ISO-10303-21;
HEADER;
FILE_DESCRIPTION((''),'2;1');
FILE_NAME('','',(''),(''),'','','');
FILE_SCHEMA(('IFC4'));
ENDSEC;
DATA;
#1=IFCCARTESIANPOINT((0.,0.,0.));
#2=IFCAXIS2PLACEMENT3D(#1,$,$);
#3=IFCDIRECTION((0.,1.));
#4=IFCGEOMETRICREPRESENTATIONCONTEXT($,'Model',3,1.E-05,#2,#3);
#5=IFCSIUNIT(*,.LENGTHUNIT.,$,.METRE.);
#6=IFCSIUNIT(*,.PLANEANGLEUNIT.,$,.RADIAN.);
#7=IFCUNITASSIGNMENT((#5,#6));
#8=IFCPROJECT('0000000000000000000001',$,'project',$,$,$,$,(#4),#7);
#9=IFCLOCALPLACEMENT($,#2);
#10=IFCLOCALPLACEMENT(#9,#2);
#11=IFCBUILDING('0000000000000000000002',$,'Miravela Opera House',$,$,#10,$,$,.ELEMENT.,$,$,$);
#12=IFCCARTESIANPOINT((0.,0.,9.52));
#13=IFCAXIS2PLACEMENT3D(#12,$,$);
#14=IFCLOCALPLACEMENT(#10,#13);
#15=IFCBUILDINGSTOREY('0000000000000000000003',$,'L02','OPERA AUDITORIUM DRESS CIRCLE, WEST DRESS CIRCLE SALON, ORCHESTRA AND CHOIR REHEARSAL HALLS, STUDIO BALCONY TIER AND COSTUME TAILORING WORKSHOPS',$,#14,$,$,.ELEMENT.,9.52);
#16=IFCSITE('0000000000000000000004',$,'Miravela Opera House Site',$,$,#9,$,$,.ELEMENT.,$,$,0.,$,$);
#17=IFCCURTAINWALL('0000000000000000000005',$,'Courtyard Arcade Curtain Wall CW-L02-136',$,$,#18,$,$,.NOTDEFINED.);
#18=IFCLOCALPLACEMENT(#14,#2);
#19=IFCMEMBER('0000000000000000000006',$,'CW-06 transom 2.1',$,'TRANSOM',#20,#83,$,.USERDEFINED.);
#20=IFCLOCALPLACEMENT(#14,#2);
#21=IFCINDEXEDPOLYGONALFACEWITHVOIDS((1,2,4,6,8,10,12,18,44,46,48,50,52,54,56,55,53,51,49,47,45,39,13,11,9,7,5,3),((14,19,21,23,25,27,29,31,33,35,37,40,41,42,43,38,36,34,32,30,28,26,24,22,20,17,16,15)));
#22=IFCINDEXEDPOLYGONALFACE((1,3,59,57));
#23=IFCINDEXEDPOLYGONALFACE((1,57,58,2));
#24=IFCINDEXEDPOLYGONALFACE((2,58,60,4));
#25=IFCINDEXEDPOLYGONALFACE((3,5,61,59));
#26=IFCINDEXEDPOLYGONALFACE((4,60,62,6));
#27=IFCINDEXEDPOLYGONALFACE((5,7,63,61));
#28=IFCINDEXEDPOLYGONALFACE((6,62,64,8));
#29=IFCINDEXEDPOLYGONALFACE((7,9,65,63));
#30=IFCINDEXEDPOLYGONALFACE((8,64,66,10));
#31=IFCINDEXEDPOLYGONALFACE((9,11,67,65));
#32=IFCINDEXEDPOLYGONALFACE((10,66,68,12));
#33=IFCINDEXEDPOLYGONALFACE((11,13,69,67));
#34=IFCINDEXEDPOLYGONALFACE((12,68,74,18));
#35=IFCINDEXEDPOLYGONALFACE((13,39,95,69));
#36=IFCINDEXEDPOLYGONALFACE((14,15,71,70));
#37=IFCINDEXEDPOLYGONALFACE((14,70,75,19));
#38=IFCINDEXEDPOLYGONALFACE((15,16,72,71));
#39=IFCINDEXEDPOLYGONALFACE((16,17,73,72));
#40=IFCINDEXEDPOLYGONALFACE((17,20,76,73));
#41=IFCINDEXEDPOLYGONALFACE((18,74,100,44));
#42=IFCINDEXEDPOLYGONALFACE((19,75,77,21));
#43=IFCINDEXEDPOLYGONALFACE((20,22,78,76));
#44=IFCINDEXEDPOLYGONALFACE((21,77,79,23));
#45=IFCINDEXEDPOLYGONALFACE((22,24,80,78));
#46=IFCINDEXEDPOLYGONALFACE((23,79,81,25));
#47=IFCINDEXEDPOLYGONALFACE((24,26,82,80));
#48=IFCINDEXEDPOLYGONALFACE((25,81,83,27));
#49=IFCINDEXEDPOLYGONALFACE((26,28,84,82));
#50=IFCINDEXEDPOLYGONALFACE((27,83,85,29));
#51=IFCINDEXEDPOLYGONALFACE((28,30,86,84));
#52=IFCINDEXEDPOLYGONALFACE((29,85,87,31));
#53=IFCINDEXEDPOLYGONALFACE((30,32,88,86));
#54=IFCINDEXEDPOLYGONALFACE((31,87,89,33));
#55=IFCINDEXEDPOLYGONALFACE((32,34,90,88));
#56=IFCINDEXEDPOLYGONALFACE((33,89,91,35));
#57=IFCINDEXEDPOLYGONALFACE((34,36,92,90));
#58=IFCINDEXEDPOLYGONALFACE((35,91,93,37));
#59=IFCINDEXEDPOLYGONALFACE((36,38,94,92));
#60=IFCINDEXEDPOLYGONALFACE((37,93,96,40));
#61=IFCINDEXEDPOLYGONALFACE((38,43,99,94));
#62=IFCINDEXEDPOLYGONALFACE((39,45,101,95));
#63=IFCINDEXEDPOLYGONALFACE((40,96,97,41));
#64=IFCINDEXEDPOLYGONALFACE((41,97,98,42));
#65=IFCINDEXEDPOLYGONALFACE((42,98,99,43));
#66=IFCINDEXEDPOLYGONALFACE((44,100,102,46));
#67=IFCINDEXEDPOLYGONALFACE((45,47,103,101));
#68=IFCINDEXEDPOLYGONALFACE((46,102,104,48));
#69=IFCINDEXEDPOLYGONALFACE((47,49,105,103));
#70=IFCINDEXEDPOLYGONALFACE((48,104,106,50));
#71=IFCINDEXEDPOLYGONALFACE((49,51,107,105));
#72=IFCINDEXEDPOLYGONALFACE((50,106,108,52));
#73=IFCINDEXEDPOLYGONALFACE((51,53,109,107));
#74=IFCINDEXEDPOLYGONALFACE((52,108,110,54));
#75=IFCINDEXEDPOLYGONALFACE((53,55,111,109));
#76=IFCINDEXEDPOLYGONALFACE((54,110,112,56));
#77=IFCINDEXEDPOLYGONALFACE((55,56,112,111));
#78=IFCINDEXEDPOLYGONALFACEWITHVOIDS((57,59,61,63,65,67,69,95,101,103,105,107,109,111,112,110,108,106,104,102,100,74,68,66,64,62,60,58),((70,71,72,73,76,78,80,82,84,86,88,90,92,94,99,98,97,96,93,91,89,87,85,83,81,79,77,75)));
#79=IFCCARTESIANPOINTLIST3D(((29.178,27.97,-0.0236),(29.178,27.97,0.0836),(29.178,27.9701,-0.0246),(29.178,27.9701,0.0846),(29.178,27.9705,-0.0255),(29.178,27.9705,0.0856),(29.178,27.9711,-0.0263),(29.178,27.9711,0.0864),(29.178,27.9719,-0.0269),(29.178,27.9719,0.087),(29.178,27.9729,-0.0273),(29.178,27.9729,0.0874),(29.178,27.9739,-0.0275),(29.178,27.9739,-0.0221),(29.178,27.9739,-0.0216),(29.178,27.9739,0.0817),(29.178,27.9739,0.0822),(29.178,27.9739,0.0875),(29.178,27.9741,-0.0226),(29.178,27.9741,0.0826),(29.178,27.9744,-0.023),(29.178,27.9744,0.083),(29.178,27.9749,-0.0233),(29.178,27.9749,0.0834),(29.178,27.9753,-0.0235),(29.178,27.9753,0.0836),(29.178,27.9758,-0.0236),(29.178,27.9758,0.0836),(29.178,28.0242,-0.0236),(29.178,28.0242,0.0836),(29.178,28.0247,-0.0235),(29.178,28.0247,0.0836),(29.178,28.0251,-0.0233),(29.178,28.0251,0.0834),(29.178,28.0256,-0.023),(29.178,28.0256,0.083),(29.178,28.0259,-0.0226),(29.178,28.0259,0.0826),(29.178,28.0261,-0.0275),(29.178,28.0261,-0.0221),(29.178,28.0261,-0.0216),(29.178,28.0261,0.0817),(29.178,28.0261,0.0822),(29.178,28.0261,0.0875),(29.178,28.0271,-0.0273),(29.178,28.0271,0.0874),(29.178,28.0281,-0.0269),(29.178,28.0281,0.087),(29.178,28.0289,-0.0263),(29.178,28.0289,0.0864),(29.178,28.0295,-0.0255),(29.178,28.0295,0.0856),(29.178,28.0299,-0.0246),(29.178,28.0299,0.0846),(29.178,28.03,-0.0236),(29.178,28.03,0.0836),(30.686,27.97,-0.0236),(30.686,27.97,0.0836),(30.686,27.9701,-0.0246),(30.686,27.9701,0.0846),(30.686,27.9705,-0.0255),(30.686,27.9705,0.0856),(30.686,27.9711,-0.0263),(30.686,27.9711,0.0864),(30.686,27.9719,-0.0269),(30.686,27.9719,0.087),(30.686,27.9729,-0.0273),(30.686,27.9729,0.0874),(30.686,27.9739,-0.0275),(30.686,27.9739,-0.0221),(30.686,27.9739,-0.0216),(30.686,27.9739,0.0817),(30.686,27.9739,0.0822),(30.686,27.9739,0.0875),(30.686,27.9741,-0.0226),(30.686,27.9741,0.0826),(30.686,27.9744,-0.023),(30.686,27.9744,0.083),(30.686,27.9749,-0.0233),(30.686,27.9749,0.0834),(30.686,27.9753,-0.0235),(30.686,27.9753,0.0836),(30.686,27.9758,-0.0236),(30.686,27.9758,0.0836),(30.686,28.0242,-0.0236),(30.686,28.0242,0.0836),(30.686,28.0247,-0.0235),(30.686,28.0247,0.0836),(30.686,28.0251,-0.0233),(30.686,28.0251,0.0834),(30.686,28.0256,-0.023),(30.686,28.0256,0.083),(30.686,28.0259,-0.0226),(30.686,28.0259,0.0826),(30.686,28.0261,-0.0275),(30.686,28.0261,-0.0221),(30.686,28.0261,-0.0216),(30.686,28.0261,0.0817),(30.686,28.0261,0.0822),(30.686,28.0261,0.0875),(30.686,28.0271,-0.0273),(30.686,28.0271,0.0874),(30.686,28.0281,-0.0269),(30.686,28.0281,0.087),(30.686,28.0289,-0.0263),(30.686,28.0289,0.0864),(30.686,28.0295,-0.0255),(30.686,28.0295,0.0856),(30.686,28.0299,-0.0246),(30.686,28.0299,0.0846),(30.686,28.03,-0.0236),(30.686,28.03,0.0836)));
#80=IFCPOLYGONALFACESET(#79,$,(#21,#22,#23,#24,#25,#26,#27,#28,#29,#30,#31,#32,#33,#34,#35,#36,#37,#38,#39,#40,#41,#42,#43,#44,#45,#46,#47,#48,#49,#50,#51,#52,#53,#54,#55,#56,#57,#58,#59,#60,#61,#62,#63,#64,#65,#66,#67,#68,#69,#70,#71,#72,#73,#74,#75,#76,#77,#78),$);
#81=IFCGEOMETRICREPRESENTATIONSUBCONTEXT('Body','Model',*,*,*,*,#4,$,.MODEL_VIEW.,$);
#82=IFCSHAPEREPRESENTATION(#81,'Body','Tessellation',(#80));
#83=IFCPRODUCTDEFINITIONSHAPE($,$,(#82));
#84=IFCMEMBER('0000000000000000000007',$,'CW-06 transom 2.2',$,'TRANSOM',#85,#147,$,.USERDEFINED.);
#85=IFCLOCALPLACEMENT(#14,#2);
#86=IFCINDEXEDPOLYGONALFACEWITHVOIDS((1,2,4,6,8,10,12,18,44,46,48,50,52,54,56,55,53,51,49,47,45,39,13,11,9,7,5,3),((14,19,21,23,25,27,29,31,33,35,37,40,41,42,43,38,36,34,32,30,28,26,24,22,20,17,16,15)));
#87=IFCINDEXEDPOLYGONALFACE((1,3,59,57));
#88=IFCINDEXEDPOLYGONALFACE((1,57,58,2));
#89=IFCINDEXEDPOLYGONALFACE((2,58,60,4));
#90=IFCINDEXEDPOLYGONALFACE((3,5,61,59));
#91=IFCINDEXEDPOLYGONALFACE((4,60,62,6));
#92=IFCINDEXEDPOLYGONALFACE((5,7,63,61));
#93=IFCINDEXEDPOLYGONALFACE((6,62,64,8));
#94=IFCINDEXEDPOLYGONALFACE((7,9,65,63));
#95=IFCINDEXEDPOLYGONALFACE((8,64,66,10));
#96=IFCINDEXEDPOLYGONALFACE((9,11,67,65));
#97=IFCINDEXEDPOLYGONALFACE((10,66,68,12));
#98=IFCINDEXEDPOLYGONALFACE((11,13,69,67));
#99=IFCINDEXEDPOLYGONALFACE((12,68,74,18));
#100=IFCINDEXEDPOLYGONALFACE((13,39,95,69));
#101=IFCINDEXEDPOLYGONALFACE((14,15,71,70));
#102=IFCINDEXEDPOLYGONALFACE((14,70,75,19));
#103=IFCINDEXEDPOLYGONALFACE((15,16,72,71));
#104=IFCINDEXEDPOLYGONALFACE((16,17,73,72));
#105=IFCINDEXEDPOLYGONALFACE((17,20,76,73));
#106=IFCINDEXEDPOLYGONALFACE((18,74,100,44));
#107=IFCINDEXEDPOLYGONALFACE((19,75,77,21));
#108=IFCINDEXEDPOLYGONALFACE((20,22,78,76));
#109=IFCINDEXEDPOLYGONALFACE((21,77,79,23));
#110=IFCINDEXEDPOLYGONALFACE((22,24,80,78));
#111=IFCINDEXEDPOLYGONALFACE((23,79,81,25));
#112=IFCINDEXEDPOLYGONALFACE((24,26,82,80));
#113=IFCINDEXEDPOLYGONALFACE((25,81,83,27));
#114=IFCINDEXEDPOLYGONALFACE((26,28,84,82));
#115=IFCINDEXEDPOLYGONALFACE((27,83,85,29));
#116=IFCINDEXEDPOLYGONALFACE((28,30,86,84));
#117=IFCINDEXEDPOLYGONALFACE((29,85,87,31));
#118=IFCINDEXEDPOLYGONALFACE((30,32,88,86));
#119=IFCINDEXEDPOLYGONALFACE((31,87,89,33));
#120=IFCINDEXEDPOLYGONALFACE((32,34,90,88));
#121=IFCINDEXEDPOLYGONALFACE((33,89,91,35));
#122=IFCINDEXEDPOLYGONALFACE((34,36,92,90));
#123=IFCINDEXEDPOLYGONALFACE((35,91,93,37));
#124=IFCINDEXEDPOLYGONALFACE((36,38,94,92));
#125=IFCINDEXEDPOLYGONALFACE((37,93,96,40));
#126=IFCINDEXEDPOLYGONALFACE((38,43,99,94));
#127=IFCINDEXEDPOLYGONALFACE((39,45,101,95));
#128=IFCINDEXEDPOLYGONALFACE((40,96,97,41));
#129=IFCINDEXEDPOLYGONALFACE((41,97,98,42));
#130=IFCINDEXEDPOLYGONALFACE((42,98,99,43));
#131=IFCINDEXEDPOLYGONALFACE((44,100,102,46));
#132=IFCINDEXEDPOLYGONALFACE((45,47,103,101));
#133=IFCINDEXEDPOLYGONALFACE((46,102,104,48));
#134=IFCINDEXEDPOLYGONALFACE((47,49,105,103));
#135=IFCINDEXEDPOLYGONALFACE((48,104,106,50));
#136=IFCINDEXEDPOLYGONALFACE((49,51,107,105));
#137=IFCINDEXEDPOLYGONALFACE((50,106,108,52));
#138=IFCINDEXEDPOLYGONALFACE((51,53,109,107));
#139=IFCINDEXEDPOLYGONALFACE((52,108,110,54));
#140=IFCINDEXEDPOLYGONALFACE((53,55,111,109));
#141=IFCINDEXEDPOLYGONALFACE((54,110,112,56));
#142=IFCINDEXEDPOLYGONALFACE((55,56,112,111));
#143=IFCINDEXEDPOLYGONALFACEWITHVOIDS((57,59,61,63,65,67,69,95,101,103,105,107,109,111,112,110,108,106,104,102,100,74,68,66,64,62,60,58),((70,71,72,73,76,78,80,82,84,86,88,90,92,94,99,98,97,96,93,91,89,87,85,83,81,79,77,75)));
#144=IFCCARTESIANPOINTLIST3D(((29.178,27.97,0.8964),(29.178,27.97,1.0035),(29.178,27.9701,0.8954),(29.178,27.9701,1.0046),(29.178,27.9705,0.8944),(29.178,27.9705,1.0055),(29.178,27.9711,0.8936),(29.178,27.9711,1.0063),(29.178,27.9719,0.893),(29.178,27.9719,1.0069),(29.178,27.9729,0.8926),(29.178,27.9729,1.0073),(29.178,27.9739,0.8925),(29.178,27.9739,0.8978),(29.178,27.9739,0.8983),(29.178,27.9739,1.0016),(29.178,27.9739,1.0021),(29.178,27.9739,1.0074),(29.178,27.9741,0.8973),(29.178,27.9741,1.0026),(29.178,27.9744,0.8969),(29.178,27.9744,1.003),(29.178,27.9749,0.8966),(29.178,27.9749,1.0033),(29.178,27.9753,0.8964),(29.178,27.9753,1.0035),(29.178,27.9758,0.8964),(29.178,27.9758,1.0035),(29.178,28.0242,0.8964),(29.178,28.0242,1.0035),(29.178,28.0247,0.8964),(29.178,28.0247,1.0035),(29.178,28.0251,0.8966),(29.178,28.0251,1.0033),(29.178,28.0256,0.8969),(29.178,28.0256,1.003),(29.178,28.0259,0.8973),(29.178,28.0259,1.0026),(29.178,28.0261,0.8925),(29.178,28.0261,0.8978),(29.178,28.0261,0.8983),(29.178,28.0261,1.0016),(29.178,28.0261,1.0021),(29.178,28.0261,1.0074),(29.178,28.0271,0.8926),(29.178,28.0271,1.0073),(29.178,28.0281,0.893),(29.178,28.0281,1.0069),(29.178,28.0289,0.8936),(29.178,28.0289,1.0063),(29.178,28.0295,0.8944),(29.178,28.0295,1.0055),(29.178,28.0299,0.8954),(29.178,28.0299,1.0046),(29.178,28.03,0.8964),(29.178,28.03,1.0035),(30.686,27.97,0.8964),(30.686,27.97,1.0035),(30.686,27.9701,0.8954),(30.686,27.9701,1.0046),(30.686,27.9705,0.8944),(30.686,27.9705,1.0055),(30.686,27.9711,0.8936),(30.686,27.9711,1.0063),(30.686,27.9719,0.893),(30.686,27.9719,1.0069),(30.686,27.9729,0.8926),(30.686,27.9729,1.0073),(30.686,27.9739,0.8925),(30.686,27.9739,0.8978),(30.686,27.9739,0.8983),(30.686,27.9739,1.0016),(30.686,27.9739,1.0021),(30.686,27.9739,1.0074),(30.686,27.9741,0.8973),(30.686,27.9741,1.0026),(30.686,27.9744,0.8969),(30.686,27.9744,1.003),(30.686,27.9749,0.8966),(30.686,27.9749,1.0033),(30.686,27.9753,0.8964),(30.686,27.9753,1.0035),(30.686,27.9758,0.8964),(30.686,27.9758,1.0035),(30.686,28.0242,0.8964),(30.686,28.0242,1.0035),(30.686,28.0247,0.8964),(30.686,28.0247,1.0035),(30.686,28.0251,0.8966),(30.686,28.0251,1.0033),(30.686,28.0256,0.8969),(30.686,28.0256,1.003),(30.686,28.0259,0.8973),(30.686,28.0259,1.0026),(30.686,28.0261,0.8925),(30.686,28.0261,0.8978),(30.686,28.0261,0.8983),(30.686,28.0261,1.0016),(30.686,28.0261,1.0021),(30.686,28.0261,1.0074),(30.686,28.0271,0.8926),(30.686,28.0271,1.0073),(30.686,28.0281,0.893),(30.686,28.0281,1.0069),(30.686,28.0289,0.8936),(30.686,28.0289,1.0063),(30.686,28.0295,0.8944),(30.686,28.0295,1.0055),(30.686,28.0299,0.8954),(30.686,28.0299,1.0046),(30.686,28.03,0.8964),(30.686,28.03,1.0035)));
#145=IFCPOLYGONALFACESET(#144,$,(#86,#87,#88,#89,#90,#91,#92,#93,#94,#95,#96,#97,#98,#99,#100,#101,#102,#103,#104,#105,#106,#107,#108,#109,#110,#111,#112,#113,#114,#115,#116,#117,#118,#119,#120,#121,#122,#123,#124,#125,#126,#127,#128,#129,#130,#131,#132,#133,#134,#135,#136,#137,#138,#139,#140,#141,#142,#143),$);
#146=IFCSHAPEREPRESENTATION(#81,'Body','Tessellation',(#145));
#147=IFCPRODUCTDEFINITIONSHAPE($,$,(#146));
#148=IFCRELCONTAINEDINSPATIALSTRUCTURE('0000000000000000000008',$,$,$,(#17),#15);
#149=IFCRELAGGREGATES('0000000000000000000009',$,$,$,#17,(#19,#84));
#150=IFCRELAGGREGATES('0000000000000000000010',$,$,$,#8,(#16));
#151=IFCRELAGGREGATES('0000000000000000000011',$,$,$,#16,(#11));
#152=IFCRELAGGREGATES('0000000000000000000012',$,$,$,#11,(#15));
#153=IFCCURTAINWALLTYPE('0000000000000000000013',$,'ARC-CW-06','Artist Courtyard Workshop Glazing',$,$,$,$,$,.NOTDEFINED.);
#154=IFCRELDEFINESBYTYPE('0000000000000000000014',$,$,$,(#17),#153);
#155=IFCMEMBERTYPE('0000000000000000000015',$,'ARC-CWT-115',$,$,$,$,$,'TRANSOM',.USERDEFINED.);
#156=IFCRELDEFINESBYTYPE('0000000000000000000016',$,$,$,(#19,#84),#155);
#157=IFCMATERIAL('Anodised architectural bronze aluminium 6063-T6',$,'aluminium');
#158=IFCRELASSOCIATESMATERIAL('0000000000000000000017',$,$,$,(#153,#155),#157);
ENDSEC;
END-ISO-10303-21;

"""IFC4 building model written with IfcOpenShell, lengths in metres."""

from ifc_helpers import new_model, si_unit, direction, frame, origin, origin_2d, place, context, subcontext, project, spatial, hollow_rectangle, extrude, material, material_profile, profile_set, type_object, element, aggregate, save


model = new_model("IFC4")

# Units and contexts
model_context = context("Model", 3, precision=1e-05, world=origin(), true_north=direction((0.0, 1.0)))
body_context = subcontext(model_context, "Body", "Model", "MODEL_VIEW")
ifc_project = project(units=[si_unit("LENGTHUNIT", "METRE"), si_unit("PLANEANGLEUNIT", "RADIAN")], contexts=[model_context])

# Site, building, storey
site_placement = place(None, origin())
site = spatial("IfcSite", under=ifc_project, at=site_placement, Name="Miravela Opera House Site", CompositionType="ELEMENT", RefElevation=0.0)
building_placement = place(site_placement, origin())
building = spatial("IfcBuilding", under=site, at=building_placement, Name="Miravela Opera House", CompositionType="ELEMENT")
storey_placement = place(building_placement, frame((0.0, 0.0, 9.52)))
storey = spatial("IfcBuildingStorey", under=building, at=storey_placement, Name="L02", Description="OPERA AUDITORIUM DRESS CIRCLE, WEST DRESS CIRCLE SALON, ORCHESTRA AND CHOIR REHEARSAL HALLS, STUDIO BALCONY TIER AND COSTUME TAILORING WORKSHOPS", CompositionType="ELEMENT", Elevation=9.52)

# Curtain wall
ifc_material_1 = material(Name="Anodised architectural bronze aluminium 6063-T6", Category="aluminium")
curtain_wall_type = type_object("IfcCurtainWallType", Name="ARC-CW-06", Description="Artist Courtyard Workshop Glazing", PredefinedType="NOTDEFINED", material=ifc_material_1)
curtain_wall_1_placement = place(storey_placement, origin())
curtain_wall_1 = element("IfcCurtainWall", 1, at=curtain_wall_1_placement, inside=storey, type_object=curtain_wall_type, Name="Courtyard Arcade Curtain Wall CW-L02-136", PredefinedType="NOTDEFINED")

# Members
ifc_material_profile_1 = material_profile(ifc_material_1, hollow_rectangle(XDim=0.0601, YDim=0.115, WallThickness=0.0039, InnerFilletRadius=0.002, OuterFilletRadius=0.0039, at=origin_2d()), Name="CWT-60X115")
ifc_profile_set_1 = profile_set([ifc_material_profile_1])
member_type_1 = type_object("IfcMemberType", Name="ARC-CWT-115", ElementType="TRANSOM", PredefinedType="USERDEFINED", material=ifc_profile_set_1)
member_1_placement = place(storey_placement, frame((29.178, 28.0, 0.03), z_axis=(1.0, 0.0, 0.0), x_axis=(0.0, 1.0, 0.0)))
member_1 = element("IfcMember", 2, at=member_1_placement, type_object=member_type_1, Name="CW-06 transom 2.1", ObjectType="TRANSOM", PredefinedType="USERDEFINED", context=body_context, shape_type="SweptSolid", body=[
    extrude(hollow_rectangle(XDim=0.0601, YDim=0.115, WallThickness=0.0039, InnerFilletRadius=0.002, OuterFilletRadius=0.0039, at=origin_2d()), origin(), (0.0, 0.0, 1.0), 1.5081),
])
member_2_placement = place(storey_placement, frame((29.178, 28.0, 0.95), z_axis=(1.0, 0.0, 0.0), x_axis=(0.0, 1.0, 0.0)))
member_2 = element("IfcMember", 3, at=member_2_placement, type_object=member_type_1, Name="CW-06 transom 2.2", ObjectType="TRANSOM", PredefinedType="USERDEFINED", context=body_context, shape_type="SweptSolid", body=[
    extrude(hollow_rectangle(XDim=0.0601, YDim=0.115, WallThickness=0.0039, InnerFilletRadius=0.002, OuterFilletRadius=0.0039, at=origin_2d()), origin(), (0.0, 0.0, 1.0), 1.5081),
])

aggregate(curtain_wall_1, [member_1, member_2])

save(model, "model.ifc")
